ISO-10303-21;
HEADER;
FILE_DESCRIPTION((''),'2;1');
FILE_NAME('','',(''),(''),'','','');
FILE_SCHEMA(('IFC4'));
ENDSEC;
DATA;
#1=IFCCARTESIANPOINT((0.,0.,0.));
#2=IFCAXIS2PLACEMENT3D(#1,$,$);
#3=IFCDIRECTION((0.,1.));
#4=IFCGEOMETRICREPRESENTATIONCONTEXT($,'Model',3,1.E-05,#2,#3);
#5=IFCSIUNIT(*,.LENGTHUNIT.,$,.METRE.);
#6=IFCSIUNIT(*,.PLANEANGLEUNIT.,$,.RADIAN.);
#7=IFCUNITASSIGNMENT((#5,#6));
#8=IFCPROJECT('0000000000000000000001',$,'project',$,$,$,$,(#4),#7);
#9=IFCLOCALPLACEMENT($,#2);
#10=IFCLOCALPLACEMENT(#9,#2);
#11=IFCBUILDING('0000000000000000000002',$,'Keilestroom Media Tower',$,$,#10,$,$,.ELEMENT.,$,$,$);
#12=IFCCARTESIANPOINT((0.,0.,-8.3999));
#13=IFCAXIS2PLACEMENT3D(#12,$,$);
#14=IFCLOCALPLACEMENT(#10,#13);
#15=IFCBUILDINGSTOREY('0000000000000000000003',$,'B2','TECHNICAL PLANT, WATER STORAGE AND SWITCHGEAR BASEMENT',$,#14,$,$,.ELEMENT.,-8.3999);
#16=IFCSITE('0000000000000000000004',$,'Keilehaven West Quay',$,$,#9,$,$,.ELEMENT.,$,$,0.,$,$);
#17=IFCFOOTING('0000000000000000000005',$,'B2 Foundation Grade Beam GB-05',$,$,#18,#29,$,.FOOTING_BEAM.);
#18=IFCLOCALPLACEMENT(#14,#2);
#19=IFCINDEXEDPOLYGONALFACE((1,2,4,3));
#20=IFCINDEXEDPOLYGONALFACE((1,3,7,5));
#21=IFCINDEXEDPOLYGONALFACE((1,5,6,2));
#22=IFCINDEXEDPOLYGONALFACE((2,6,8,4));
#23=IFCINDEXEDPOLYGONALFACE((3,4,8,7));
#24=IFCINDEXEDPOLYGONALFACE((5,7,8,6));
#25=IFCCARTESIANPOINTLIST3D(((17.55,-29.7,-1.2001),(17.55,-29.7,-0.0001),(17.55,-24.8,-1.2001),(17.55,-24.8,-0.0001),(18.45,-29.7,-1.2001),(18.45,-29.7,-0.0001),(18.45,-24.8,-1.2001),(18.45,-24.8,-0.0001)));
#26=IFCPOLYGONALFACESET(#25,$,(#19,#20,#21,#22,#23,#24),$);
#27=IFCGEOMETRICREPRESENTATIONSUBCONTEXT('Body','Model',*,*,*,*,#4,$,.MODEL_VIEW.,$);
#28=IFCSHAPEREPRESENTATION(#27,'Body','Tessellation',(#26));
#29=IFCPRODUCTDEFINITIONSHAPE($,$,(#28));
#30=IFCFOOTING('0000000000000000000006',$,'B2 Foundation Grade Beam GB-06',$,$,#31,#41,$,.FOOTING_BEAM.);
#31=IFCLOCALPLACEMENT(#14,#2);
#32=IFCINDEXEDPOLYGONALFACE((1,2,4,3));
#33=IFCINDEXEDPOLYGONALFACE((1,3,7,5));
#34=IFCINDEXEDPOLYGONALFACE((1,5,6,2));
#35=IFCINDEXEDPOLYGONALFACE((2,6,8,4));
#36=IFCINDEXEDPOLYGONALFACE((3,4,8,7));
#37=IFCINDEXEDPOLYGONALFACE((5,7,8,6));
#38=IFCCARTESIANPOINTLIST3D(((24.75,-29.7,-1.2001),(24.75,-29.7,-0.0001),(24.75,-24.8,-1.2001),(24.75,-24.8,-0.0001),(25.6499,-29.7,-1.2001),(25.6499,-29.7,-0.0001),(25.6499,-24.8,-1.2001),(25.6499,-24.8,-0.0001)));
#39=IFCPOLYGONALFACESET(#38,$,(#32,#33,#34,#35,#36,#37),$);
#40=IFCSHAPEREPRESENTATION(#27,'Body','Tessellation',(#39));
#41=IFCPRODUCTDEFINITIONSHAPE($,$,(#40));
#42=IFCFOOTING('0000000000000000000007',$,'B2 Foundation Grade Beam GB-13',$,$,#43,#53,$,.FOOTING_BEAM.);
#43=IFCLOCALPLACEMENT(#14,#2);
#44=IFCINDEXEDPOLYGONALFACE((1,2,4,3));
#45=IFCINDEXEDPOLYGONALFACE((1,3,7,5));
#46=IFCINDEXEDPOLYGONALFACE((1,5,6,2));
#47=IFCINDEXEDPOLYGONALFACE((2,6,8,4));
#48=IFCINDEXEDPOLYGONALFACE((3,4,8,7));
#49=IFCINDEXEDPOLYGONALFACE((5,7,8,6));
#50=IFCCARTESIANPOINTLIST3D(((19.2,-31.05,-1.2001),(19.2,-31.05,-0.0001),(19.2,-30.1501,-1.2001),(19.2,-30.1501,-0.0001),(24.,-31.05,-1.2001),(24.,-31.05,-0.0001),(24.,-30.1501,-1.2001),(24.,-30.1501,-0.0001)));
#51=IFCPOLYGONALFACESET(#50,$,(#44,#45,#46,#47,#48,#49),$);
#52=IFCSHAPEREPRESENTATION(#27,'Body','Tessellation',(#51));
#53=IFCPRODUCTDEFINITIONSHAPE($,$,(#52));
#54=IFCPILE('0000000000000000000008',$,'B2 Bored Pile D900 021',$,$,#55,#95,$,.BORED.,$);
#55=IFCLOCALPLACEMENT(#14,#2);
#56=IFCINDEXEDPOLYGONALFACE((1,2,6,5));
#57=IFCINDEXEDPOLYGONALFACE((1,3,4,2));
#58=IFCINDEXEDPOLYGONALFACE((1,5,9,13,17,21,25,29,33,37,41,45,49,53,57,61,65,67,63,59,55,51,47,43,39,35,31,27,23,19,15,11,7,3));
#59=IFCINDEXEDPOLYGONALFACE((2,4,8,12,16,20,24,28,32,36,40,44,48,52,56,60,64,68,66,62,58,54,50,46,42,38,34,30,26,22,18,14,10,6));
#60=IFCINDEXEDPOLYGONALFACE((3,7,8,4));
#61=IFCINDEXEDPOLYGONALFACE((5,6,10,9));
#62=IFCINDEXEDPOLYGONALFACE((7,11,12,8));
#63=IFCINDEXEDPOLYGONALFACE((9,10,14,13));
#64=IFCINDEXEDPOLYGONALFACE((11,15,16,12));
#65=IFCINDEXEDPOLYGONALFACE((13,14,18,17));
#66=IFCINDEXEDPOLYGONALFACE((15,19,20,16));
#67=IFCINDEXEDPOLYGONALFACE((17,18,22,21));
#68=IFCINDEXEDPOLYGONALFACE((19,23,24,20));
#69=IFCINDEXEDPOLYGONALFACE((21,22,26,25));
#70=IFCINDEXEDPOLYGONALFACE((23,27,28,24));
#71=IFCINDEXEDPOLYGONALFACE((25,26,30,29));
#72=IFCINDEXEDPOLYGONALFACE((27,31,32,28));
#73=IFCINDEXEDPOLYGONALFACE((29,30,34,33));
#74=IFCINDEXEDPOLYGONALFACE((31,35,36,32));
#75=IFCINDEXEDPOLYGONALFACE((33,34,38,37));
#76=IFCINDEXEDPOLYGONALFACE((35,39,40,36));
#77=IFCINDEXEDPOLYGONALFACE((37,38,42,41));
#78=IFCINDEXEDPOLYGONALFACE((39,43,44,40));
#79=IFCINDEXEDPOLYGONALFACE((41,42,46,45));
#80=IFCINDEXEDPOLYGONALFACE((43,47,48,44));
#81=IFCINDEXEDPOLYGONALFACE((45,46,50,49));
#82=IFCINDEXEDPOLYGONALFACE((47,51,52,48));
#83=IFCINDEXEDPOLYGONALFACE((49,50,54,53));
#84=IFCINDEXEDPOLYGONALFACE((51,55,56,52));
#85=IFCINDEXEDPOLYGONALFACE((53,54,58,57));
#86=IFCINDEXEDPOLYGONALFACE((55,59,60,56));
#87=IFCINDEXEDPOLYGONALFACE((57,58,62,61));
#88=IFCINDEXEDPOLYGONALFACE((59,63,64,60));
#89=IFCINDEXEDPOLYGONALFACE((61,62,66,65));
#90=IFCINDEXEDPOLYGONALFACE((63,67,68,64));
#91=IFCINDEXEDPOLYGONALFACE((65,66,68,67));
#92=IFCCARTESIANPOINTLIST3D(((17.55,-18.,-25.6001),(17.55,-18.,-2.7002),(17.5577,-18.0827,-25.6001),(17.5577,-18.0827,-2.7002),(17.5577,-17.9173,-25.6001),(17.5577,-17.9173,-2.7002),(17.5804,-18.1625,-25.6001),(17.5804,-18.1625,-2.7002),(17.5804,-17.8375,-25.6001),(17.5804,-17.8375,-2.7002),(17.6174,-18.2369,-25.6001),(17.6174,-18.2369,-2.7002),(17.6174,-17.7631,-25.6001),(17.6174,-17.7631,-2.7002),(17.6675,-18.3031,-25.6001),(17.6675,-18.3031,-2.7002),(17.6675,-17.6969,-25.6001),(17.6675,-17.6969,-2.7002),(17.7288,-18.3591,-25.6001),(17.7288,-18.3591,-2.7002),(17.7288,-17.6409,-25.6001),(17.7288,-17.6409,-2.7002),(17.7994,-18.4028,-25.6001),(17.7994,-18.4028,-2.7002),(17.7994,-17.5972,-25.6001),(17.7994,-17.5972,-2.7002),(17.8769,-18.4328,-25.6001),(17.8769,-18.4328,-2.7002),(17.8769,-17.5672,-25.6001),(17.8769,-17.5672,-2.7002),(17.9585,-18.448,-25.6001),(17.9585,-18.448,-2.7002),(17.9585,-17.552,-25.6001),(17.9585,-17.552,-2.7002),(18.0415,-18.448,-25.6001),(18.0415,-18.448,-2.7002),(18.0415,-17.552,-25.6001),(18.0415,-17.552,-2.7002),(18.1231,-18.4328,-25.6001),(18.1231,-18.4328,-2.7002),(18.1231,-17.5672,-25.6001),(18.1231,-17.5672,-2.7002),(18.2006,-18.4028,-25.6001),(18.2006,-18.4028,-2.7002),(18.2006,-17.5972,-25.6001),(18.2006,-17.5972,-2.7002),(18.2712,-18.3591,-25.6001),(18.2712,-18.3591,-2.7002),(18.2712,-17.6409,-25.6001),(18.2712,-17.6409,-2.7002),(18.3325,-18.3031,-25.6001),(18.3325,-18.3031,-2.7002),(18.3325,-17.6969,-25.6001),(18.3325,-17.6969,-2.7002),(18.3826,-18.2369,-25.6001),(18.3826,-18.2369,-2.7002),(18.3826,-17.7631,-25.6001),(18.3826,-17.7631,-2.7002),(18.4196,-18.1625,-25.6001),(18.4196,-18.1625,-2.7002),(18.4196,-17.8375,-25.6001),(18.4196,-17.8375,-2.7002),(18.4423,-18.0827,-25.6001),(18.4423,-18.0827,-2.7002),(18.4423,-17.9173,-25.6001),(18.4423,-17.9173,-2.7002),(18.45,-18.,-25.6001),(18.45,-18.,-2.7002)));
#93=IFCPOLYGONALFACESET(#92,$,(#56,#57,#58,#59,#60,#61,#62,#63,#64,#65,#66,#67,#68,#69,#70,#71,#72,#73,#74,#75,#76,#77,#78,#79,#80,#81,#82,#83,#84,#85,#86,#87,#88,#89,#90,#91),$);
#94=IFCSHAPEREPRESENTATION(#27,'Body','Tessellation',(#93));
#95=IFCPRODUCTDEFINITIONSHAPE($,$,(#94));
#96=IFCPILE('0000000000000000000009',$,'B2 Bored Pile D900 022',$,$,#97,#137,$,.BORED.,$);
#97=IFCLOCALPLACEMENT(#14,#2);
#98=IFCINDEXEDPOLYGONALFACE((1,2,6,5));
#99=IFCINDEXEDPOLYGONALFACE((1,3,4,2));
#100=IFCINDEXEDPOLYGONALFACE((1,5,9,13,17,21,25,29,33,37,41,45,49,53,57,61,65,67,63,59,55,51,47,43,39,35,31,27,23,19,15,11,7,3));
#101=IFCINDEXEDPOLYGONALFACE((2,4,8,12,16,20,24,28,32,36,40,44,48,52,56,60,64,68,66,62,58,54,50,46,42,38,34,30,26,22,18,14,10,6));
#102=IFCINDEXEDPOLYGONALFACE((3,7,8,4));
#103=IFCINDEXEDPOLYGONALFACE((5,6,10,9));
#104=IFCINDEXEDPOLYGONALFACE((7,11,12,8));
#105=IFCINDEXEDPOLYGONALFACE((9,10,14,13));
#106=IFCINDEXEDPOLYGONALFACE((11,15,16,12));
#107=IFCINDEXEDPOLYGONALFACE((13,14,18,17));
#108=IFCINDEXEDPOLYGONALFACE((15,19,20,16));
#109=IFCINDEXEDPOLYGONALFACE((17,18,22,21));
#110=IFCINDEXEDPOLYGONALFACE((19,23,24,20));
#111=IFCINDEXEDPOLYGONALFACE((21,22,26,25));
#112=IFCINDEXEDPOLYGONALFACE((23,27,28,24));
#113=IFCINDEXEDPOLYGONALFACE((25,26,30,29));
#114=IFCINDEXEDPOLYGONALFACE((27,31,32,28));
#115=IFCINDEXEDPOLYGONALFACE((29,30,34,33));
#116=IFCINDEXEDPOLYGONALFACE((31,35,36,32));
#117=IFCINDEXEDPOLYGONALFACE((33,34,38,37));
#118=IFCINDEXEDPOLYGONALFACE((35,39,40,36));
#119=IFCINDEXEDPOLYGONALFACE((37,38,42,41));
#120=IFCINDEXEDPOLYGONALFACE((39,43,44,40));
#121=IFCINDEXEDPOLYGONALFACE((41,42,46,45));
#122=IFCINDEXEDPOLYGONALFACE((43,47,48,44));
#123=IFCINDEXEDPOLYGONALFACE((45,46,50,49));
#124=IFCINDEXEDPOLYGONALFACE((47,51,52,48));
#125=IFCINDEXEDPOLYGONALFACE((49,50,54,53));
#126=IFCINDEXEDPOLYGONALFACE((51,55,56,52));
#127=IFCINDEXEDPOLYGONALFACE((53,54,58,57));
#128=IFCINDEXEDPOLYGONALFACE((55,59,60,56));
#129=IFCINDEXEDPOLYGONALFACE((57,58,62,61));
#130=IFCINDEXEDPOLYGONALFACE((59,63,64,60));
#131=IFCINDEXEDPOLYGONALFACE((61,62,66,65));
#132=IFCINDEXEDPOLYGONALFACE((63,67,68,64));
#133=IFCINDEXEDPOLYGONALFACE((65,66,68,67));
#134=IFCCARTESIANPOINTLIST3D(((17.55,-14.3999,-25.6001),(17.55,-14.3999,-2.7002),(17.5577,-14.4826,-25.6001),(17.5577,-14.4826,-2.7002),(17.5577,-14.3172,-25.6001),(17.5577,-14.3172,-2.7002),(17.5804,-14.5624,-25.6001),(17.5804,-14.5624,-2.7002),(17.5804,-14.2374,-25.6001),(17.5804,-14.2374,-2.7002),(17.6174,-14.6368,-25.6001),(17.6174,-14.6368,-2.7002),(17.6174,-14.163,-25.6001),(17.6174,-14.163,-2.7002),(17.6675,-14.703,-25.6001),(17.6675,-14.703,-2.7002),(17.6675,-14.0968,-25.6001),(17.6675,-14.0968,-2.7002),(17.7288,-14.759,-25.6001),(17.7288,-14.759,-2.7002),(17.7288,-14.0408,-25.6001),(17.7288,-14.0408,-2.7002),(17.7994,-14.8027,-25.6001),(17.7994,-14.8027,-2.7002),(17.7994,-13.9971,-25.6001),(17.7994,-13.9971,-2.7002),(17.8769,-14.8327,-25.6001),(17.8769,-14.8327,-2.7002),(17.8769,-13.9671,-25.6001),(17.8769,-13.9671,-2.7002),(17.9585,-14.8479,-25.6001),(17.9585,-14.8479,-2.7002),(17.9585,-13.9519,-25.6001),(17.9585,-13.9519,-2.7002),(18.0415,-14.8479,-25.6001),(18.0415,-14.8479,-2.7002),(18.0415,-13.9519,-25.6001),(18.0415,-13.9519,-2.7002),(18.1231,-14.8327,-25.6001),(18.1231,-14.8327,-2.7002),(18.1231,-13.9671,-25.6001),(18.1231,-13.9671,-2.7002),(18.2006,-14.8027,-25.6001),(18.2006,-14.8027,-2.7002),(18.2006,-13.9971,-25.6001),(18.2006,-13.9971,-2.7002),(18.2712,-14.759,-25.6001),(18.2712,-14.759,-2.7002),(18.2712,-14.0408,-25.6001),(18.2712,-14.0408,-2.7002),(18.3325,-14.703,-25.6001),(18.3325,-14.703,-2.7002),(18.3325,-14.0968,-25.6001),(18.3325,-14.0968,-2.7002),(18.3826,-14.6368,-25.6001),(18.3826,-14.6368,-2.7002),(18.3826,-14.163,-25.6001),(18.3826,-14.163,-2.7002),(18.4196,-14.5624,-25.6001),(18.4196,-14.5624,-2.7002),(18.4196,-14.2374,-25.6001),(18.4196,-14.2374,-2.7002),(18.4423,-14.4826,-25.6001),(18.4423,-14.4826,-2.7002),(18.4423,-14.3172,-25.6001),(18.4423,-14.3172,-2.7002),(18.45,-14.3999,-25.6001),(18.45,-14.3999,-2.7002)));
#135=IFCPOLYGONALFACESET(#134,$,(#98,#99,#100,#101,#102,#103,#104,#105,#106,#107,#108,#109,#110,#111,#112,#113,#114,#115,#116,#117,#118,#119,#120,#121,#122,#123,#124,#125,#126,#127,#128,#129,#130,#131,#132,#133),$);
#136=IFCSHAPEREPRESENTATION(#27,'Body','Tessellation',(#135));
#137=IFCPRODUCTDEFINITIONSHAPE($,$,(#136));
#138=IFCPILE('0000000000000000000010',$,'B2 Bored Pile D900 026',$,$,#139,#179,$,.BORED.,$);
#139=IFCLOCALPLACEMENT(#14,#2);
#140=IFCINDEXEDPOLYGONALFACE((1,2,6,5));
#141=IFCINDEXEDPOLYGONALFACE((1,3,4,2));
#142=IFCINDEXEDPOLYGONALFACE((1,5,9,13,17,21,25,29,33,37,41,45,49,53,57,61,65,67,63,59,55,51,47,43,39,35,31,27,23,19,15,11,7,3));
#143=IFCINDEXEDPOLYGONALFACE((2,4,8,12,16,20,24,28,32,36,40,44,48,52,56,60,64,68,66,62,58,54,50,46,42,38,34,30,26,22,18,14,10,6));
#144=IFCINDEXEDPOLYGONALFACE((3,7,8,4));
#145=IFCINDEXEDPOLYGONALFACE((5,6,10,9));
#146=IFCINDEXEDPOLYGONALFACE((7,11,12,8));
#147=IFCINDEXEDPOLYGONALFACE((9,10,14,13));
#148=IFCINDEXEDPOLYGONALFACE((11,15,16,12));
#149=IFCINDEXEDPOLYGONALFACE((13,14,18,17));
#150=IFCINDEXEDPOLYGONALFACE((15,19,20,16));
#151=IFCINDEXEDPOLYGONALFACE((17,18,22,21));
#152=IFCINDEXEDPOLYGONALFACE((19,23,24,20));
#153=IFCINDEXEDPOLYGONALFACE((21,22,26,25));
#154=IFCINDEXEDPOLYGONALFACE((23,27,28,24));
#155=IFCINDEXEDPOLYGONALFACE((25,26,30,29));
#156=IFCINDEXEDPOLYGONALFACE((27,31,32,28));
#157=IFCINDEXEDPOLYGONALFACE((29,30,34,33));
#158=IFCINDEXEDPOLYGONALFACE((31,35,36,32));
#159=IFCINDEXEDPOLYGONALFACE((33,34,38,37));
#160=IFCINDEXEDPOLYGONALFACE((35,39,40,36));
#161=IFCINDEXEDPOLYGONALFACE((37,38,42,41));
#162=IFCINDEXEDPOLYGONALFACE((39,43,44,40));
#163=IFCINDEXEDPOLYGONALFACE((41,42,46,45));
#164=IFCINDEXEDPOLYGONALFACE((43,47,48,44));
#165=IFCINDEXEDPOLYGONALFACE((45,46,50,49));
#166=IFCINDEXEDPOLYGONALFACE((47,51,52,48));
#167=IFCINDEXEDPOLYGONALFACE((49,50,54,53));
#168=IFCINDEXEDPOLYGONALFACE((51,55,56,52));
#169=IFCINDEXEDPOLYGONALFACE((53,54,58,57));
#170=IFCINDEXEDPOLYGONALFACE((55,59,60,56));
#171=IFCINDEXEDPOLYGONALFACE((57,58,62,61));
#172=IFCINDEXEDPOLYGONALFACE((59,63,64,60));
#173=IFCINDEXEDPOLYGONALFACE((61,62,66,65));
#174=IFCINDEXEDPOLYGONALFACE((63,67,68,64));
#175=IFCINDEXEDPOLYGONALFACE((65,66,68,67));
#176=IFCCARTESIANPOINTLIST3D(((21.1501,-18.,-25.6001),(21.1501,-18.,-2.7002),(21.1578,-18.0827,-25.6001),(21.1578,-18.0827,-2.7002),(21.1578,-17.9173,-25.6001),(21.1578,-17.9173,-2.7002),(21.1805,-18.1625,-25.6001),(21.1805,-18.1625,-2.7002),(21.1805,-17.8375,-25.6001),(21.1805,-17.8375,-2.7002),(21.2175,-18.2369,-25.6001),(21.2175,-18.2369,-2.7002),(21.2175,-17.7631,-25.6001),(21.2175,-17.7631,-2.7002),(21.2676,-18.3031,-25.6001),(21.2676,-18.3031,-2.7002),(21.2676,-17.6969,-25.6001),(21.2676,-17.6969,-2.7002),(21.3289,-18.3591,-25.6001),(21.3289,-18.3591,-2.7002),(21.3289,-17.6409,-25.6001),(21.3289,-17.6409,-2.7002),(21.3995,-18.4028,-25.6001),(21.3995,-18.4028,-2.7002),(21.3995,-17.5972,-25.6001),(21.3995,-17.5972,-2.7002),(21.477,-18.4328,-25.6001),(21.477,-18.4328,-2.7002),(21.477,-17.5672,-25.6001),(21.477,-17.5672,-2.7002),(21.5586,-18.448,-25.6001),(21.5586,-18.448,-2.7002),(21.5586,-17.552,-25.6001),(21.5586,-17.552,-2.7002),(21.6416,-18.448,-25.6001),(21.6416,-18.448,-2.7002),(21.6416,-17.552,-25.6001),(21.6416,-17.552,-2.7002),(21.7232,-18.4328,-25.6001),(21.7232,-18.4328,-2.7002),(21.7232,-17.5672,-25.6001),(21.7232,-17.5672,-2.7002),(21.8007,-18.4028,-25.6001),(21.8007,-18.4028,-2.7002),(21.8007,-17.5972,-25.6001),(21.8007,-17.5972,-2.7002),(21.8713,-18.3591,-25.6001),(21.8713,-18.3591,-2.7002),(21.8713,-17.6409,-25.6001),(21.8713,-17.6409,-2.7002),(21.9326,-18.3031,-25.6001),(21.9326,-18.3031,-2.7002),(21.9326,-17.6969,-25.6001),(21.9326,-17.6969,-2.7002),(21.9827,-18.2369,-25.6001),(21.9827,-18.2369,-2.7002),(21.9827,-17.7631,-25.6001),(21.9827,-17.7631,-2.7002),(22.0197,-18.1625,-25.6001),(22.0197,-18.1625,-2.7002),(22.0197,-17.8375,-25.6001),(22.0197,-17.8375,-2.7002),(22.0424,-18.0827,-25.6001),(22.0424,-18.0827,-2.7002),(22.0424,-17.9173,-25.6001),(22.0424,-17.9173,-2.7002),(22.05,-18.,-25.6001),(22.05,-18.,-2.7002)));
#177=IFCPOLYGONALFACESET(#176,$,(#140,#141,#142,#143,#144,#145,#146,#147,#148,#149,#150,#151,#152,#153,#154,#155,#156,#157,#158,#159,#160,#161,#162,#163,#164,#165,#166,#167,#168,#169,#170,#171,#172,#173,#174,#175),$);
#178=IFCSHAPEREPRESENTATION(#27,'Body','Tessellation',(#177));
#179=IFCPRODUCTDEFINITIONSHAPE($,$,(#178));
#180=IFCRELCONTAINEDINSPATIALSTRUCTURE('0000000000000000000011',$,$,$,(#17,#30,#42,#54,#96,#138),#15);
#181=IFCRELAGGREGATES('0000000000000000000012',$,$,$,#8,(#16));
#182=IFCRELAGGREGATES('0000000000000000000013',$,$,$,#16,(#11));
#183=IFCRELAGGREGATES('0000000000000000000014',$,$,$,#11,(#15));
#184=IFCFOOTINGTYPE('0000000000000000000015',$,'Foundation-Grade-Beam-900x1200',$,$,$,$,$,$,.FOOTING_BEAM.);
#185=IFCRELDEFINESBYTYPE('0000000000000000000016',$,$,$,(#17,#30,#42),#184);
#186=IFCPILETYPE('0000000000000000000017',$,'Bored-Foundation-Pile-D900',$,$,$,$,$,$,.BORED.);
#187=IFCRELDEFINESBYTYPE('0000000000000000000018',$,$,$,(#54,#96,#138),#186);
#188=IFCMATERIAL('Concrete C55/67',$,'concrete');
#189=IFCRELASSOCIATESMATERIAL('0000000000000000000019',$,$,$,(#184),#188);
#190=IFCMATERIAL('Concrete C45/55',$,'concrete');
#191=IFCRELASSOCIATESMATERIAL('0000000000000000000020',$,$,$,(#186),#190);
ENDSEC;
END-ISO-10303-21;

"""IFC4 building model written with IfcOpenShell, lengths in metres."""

from ifc_helpers import new_model, si_unit, direction, frame, origin, origin_2d, place, context, subcontext, project, spatial, rectangle, circle, extrude, source, transform, mapped, material, material_profile, profile_set, type_object, element, save


model = new_model("IFC4")

# Units and contexts
model_context = context("Model", 3, precision=1e-05, world=origin(), true_north=direction((0.0, 1.0)))
body_context = subcontext(model_context, "Body", "Model", "MODEL_VIEW")
ifc_project = project(units=[si_unit("LENGTHUNIT", "METRE"), si_unit("PLANEANGLEUNIT", "RADIAN")], contexts=[model_context])

# Site, building, storey
site_placement = place(None, origin())
site = spatial("IfcSite", under=ifc_project, at=site_placement, Name="Keilehaven West Quay", CompositionType="ELEMENT", RefElevation=0.0)
building_placement = place(site_placement, origin())
building = spatial("IfcBuilding", under=site, at=building_placement, Name="Keilestroom Media Tower", CompositionType="ELEMENT")
storey_placement = place(building_placement, frame((0.0, 0.0, -8.3999)))
storey = spatial("IfcBuildingStorey", under=building, at=storey_placement, Name="B2", Description="TECHNICAL PLANT, WATER STORAGE AND SWITCHGEAR BASEMENT", CompositionType="ELEMENT", Elevation=-8.3999)

# Footings
ifc_material_1 = material(Name="Concrete C55/67", Category="concrete")
ifc_material_profile_1 = material_profile(ifc_material_1, rectangle(XDim=0.8999, YDim=1.2, at=origin_2d()), Name="GB 900x1200")
ifc_profile_set_1 = profile_set([ifc_material_profile_1], Name="Concrete C55/67")
footing_type = type_object("IfcFootingType", Name="Foundation-Grade-Beam-900x1200", PredefinedType="FOOTING_BEAM", material=ifc_profile_set_1)
shared_shape_1 = source(origin(), body_context, "Body", "SweptSolid", [
    extrude(rectangle(XDim=0.8999, YDim=1.2, at=origin_2d()), origin(), (0.0, 0.0, 1.0), 4.8999),
])
for number, where, z_axis, x_axis, name in (
    (1, (18.0, -29.7, -0.6001), (0.0, 1.0, 0.0), (-1.0, 0.0, 0.0), "B2 Foundation Grade Beam GB-05"),
    (2, (25.2, -29.7, -0.6001), (0.0, 1.0, 0.0), (-1.0, 0.0, 0.0), "B2 Foundation Grade Beam GB-06"),
):
    element("IfcFooting", number, at=place(storey_placement, frame(where, z_axis=z_axis, x_axis=x_axis)), inside=storey, type_object=footing_type, Name=name, PredefinedType="FOOTING_BEAM", context=body_context, shape_type="MappedRepresentation", body=[
        mapped(shared_shape_1, transform((0.0, 0.0, 0.0), x_axis=(1.0, 0.0, 0.0), y_axis=(0.0, 1.0, 0.0), z_axis=(0.0, 0.0, 1.0), scale=1.0)),
    ])
shared_shape_2 = source(origin(), body_context, "Body", "SweptSolid", [
    extrude(rectangle(XDim=0.8999, YDim=1.2, at=origin_2d()), origin(), (0.0, 0.0, 1.0), 4.8),
])
footing_placement = place(storey_placement, frame((19.2, -30.6001, -0.6001), z_axis=(1.0, 0.0, 0.0), x_axis=(0.0, 1.0, 0.0)))
element("IfcFooting", 3, at=footing_placement, inside=storey, type_object=footing_type, Name="B2 Foundation Grade Beam GB-13", PredefinedType="FOOTING_BEAM", context=body_context, shape_type="MappedRepresentation", body=[
    mapped(shared_shape_2, transform((0.0, 0.0, 0.0), x_axis=(1.0, 0.0, 0.0), y_axis=(0.0, 1.0, 0.0), z_axis=(0.0, 0.0, 1.0), scale=1.0)),
])

# Piles
ifc_material_2 = material(Name="Concrete C45/55", Category="concrete")
ifc_material_profile_2 = material_profile(ifc_material_2, circle(Radius=0.45, at=origin_2d()), Name="BORED PILE D900")
ifc_profile_set_2 = profile_set([ifc_material_profile_2], Name="Concrete C45/55")
pile_type = type_object("IfcPileType", Name="Bored-Foundation-Pile-D900", PredefinedType="BORED", material=ifc_profile_set_2)
shared_shape_3 = source(origin(), body_context, "Body", "SweptSolid", [
    extrude(circle(Radius=0.45, at=origin_2d()), origin(), (0.0, 0.0, 1.0), 22.8999),
])
for number, where, z_axis, x_axis, name in (
    (4, (18.0, -18.0, -2.7002), (0.0, 0.0, -1.0), (1.0, 0.0, 0.0), "B2 Bored Pile D900 021"),
    (5, (18.0, -14.3999, -2.7002), (0.0, 0.0, -1.0), (1.0, 0.0, 0.0), "B2 Bored Pile D900 022"),
    (6, (21.6001, -18.0, -2.7002), (0.0, 0.0, -1.0), (1.0, 0.0, 0.0), "B2 Bored Pile D900 026"),
):
    element("IfcPile", number, at=place(storey_placement, frame(where, z_axis=z_axis, x_axis=x_axis)), inside=storey, type_object=pile_type, Name=name, PredefinedType="BORED", context=body_context, shape_type="MappedRepresentation", body=[
        mapped(shared_shape_3, transform((0.0, 0.0, 0.0), x_axis=(1.0, 0.0, 0.0), y_axis=(0.0, 1.0, 0.0), z_axis=(0.0, 0.0, 1.0), scale=1.0)),
    ])

save(model, "model.ifc")
